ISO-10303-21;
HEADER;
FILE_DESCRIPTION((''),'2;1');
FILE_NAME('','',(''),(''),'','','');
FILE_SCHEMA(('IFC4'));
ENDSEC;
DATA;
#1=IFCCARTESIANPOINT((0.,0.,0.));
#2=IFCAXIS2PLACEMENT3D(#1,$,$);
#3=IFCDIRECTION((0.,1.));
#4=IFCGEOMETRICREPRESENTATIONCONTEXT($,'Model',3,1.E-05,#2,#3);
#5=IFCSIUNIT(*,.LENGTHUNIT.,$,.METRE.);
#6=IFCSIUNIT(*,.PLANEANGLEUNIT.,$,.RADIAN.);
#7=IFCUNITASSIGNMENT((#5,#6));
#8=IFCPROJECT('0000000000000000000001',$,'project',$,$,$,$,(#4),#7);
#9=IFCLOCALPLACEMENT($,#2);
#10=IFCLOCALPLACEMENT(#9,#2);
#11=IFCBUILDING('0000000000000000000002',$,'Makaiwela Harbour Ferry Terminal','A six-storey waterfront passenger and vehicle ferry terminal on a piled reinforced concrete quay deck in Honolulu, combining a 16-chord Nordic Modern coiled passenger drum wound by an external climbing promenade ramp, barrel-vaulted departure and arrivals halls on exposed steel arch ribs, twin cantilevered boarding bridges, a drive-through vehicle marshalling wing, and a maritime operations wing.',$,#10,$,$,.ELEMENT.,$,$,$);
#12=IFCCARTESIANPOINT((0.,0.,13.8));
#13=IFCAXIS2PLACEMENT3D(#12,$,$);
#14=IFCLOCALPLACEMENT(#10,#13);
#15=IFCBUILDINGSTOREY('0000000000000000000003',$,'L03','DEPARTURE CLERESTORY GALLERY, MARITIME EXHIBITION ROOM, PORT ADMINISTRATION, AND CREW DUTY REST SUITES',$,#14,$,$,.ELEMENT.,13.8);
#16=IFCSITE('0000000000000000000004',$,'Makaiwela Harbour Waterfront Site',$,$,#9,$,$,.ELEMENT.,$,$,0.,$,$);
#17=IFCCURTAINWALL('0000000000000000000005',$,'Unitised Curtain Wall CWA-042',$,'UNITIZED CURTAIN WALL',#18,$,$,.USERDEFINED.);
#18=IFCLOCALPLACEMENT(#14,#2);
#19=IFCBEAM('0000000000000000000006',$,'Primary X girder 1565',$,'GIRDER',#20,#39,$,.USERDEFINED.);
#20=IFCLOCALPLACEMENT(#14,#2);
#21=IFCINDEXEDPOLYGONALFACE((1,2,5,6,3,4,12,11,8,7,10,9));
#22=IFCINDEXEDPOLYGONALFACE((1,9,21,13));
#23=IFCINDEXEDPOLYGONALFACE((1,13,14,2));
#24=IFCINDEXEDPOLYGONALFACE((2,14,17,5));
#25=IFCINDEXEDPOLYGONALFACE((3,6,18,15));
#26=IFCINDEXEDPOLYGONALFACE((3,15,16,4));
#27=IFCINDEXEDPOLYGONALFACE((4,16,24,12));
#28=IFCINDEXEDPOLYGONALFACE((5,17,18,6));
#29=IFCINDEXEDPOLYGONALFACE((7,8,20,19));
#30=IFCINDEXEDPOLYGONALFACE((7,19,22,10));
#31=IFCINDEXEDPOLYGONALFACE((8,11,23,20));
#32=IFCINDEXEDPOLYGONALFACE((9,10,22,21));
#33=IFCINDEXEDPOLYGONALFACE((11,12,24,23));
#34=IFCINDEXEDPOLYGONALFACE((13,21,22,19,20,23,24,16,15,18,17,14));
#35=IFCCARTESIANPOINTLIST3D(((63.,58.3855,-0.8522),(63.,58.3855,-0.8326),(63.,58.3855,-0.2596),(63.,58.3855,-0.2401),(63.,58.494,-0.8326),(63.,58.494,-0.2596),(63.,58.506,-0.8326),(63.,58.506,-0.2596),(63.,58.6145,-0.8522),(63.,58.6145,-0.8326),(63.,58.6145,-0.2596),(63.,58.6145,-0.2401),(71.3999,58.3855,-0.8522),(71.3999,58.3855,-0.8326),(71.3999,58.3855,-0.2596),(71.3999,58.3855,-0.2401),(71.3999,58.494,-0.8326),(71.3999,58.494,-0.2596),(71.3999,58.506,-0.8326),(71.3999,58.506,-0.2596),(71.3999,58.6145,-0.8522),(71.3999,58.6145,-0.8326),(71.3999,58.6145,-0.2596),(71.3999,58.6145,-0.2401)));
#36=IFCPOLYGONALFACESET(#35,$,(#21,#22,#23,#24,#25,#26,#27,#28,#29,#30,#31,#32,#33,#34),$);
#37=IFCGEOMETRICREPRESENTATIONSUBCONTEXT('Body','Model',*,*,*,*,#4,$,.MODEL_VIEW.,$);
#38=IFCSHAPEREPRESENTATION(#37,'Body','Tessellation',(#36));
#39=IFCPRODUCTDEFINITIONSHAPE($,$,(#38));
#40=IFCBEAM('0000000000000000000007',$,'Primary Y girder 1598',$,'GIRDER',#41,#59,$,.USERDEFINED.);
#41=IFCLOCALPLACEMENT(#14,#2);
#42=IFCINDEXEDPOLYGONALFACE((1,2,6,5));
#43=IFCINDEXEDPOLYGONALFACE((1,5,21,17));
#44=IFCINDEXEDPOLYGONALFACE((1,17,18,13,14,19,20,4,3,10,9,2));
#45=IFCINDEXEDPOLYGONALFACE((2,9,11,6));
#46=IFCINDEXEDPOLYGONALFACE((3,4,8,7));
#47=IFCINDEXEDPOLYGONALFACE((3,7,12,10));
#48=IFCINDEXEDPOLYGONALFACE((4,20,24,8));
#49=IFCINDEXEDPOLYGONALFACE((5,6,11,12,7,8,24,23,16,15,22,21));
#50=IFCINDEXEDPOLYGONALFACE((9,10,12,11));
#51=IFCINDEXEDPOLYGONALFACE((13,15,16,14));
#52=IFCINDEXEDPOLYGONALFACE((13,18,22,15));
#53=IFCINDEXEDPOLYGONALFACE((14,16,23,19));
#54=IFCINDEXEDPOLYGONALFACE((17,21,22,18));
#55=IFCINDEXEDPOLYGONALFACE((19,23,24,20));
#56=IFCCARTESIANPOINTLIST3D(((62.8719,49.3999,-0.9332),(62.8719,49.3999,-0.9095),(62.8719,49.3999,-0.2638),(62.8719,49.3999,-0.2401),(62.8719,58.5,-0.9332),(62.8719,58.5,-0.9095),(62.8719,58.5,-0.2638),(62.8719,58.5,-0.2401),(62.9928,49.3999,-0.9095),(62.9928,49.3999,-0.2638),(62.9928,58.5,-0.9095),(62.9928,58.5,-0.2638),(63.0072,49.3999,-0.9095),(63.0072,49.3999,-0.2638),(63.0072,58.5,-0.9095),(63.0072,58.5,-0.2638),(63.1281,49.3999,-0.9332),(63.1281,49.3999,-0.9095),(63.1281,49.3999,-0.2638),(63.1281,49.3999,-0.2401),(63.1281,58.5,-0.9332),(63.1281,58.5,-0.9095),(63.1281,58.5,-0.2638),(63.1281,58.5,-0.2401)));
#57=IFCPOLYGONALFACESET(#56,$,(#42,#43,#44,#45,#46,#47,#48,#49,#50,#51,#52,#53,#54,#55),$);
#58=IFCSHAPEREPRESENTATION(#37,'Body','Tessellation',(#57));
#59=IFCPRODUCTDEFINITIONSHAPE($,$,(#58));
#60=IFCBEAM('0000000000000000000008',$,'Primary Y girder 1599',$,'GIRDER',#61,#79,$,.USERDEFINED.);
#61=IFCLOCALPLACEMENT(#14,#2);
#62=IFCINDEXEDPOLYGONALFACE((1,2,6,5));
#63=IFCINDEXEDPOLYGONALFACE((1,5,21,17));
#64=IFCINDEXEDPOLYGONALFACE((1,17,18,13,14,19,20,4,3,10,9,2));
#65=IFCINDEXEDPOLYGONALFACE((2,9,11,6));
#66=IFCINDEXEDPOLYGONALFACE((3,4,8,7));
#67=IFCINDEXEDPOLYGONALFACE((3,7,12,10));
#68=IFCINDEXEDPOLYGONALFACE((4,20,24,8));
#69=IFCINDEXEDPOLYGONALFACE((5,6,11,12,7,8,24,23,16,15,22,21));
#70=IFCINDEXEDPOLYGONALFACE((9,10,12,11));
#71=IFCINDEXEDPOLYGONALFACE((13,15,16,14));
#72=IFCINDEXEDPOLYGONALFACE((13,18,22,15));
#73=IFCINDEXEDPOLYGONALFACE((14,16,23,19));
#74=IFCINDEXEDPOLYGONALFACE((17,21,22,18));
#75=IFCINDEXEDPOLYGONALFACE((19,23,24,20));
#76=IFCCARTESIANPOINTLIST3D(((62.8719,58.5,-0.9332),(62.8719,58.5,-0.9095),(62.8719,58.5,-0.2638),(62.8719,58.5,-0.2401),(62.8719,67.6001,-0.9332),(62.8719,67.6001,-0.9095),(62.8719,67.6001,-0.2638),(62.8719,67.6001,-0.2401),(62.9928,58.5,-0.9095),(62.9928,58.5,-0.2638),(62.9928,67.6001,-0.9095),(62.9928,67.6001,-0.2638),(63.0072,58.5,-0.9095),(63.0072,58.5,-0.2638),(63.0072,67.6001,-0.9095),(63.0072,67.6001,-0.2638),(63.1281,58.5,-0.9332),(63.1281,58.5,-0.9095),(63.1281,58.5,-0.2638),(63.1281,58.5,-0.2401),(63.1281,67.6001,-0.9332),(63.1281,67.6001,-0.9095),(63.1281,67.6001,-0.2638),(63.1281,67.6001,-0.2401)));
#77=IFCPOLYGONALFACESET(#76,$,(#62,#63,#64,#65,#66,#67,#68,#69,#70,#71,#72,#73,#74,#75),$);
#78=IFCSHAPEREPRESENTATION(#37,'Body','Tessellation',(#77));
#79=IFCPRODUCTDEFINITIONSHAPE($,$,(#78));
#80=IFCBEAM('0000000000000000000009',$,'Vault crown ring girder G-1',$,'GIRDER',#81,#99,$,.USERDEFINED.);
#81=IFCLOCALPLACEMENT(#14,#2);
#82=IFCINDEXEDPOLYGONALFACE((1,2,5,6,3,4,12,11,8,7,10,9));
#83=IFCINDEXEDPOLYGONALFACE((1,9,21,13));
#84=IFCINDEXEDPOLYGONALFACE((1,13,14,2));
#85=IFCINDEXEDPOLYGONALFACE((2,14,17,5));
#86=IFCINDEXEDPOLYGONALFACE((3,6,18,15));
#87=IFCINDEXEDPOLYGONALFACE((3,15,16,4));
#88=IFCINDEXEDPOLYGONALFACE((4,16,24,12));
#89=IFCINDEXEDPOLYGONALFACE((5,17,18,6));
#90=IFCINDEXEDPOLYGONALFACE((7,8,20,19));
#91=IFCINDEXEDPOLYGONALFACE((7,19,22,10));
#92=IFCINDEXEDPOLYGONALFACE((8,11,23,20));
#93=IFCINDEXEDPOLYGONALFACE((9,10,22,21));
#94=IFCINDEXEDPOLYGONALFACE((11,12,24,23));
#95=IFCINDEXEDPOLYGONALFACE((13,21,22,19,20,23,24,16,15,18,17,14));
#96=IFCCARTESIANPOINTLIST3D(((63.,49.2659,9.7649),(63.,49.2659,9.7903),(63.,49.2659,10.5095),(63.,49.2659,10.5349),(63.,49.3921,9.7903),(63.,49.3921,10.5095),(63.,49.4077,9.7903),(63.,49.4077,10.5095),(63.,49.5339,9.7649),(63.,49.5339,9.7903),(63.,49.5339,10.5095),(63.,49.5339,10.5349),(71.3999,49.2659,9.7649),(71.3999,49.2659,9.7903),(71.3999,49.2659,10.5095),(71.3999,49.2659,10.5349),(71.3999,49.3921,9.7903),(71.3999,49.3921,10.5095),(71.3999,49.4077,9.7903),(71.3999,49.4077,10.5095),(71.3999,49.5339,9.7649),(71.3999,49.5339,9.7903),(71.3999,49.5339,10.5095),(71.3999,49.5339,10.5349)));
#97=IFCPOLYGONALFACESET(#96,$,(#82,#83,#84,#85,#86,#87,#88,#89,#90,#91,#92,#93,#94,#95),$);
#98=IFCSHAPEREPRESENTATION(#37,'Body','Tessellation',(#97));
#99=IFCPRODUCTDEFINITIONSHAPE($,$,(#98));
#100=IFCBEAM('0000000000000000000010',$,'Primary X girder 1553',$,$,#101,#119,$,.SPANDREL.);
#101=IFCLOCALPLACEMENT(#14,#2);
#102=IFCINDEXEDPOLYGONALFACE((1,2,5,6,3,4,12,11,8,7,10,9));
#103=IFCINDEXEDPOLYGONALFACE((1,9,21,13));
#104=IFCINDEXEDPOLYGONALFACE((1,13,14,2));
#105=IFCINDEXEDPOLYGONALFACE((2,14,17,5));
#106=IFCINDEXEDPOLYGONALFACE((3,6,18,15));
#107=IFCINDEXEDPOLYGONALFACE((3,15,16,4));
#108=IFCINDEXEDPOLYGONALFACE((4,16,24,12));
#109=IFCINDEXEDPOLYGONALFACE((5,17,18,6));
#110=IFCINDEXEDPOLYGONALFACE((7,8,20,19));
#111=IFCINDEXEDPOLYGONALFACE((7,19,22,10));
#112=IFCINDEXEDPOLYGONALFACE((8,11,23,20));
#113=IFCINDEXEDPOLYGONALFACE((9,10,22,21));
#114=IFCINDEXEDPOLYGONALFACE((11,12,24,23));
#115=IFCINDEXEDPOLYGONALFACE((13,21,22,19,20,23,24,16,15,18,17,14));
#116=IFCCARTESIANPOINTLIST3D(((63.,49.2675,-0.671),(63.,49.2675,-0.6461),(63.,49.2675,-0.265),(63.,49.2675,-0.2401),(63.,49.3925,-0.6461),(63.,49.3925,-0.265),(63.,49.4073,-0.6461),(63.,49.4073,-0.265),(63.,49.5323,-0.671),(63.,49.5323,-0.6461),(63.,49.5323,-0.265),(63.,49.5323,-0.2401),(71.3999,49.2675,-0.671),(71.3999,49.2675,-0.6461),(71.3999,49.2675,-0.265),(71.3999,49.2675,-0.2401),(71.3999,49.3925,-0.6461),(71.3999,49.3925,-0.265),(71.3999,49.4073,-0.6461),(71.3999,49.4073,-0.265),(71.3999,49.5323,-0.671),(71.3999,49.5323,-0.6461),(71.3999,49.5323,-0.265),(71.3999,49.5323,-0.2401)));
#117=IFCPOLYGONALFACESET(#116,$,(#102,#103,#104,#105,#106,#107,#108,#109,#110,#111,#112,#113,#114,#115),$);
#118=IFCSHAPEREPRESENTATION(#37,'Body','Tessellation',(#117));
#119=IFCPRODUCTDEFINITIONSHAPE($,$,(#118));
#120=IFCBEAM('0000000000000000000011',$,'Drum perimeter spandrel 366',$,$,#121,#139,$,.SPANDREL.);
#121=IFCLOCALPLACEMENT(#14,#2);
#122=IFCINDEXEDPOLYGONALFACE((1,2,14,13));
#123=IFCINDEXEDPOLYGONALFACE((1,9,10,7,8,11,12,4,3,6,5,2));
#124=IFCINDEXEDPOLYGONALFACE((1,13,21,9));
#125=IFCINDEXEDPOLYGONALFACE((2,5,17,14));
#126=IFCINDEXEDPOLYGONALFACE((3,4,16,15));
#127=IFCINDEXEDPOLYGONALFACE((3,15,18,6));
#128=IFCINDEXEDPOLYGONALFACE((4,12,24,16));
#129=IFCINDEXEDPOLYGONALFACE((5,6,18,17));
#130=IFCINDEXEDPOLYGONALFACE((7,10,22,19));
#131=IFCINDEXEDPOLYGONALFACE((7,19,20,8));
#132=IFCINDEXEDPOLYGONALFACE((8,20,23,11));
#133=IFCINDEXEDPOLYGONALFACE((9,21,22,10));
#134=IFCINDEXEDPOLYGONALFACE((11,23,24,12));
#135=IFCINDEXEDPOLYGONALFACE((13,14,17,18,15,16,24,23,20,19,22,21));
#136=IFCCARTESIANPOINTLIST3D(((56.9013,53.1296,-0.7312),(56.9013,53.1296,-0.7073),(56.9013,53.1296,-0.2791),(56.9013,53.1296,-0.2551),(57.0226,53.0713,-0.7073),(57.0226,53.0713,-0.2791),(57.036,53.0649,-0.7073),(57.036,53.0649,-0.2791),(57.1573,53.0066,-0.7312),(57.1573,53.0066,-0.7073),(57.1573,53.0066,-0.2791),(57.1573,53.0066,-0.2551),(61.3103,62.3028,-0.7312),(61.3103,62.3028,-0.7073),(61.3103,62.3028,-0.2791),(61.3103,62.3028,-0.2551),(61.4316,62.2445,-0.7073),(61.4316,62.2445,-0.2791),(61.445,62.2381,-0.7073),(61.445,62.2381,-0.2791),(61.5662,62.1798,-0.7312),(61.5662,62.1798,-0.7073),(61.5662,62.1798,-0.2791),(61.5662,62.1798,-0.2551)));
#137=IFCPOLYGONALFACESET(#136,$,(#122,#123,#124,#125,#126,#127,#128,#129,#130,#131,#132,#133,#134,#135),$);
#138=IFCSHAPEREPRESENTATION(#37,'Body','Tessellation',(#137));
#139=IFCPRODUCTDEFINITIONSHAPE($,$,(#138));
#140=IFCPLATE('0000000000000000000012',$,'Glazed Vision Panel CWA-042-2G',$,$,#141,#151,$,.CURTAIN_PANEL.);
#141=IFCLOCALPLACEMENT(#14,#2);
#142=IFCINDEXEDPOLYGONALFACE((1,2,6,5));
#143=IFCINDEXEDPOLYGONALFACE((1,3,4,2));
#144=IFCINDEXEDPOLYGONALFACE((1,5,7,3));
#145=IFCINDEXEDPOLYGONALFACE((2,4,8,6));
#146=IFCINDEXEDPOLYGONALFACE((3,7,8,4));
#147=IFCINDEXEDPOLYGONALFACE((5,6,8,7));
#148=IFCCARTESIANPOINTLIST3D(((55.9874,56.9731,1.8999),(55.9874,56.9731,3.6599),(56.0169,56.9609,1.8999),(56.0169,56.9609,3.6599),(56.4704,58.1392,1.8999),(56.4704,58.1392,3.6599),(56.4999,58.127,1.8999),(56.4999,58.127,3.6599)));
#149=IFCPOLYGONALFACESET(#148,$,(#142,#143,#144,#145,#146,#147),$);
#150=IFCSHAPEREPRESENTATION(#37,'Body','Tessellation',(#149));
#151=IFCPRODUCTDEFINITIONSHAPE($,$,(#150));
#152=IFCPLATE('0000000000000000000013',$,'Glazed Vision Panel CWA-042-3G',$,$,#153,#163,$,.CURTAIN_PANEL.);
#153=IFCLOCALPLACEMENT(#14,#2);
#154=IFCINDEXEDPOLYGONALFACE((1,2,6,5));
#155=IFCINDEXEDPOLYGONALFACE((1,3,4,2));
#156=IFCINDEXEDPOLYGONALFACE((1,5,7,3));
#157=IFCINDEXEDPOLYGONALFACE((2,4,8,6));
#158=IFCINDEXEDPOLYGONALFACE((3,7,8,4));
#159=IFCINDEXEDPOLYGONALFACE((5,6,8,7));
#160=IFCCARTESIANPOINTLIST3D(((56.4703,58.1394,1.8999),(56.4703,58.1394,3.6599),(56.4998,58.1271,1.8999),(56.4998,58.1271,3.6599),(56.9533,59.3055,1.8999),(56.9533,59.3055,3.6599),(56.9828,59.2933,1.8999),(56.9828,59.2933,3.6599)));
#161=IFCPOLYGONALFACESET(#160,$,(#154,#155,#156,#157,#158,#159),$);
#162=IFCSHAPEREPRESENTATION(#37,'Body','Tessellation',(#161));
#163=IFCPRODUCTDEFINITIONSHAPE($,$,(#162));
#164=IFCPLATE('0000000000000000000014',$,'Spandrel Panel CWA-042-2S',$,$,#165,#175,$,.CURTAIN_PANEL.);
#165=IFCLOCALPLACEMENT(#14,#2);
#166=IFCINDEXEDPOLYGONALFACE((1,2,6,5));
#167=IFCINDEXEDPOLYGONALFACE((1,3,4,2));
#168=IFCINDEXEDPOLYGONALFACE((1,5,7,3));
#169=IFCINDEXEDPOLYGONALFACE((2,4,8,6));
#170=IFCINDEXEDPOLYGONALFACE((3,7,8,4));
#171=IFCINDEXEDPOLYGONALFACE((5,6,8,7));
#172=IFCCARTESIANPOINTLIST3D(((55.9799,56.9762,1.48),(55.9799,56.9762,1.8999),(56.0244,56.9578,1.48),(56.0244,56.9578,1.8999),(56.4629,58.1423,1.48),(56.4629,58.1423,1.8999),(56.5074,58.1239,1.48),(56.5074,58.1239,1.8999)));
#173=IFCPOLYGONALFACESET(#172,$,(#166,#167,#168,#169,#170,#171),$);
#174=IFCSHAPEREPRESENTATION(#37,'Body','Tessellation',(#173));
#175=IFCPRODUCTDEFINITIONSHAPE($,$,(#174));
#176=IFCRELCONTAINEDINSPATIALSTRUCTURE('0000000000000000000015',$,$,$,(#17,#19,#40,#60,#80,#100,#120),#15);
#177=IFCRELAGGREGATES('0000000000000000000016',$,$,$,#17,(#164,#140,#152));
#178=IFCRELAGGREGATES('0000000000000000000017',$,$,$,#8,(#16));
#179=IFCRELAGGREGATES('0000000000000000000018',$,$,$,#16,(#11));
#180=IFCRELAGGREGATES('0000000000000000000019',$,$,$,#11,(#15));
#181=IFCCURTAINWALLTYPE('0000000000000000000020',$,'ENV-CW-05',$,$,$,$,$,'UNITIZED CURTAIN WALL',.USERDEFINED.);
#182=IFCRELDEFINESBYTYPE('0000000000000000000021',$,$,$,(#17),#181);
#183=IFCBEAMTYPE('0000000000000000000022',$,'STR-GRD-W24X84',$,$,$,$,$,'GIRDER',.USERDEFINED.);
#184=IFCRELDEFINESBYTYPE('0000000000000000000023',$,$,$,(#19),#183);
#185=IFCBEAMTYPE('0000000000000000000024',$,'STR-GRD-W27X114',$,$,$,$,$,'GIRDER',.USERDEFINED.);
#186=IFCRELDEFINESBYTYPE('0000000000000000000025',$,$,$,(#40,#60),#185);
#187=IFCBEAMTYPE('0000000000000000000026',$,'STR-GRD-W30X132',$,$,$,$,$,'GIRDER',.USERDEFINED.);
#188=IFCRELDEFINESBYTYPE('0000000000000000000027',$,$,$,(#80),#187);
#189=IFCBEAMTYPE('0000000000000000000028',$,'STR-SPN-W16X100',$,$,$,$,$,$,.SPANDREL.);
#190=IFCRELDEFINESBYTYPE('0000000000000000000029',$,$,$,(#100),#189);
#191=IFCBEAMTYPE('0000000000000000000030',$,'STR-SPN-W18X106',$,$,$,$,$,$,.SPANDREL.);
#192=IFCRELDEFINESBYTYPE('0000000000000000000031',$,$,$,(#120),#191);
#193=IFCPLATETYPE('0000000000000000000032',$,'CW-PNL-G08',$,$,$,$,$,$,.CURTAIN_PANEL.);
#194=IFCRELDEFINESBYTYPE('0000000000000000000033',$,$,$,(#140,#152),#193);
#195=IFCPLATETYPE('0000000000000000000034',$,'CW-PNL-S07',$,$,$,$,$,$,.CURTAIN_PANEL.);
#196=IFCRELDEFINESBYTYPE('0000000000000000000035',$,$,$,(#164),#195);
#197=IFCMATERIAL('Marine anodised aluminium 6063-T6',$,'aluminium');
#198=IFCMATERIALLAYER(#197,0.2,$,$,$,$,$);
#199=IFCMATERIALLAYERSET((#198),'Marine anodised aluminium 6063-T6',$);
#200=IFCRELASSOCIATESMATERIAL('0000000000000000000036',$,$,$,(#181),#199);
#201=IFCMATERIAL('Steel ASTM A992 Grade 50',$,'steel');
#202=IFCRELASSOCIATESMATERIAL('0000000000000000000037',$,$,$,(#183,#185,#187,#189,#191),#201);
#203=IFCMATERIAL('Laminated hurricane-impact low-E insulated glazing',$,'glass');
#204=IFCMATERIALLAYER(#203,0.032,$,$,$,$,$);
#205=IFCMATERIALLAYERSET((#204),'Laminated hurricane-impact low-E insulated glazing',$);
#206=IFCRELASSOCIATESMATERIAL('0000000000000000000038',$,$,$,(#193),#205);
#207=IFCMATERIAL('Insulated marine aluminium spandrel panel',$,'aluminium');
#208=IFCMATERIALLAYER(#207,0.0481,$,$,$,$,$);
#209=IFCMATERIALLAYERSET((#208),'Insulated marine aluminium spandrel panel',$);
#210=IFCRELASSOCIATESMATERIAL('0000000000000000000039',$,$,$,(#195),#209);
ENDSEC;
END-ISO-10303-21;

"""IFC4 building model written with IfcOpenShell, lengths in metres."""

from ifc_helpers import new_model, si_unit, direction, frame, origin, origin_2d, place, context, subcontext, project, spatial, rectangle, i_section, extrude, material, layer, layer_set, material_profile, profile_set, type_object, element, aggregate, save


model = new_model("IFC4")

# Units and contexts
model_context = context("Model", 3, precision=1e-05, world=origin(), true_north=direction((0.0, 1.0)))
body_context = subcontext(model_context, "Body", "Model", "MODEL_VIEW")
ifc_project = project(units=[si_unit("LENGTHUNIT", "METRE"), si_unit("PLANEANGLEUNIT", "RADIAN")], contexts=[model_context])

# Site, building, storey
site_placement = place(None, origin())
site = spatial("IfcSite", under=ifc_project, at=site_placement, Name="Makaiwela Harbour Waterfront Site", CompositionType="ELEMENT", RefElevation=0.0)
building_placement = place(site_placement, origin())
building = spatial("IfcBuilding", under=site, at=building_placement, Name="Makaiwela Harbour Ferry Terminal", Description="A six-storey waterfront passenger and vehicle ferry terminal on a piled reinforced concrete quay deck in Honolulu, combining a 16-chord Nordic Modern coiled passenger drum wound by an external climbing promenade ramp, barrel-vaulted departure and arrivals halls on exposed steel arch ribs, twin cantilevered boarding bridges, a drive-through vehicle marshalling wing, and a maritime operations wing.", CompositionType="ELEMENT")
storey_placement = place(building_placement, frame((0.0, 0.0, 13.8)))
storey = spatial("IfcBuildingStorey", under=building, at=storey_placement, Name="L03", Description="DEPARTURE CLERESTORY GALLERY, MARITIME EXHIBITION ROOM, PORT ADMINISTRATION, AND CREW DUTY REST SUITES", CompositionType="ELEMENT", Elevation=13.8)

# Shared definitions
ifc_material_1 = material(Name="Steel ASTM A992 Grade 50", Category="steel")

# Curtain wall
ifc_material_2 = material(Name="Marine anodised aluminium 6063-T6", Category="aluminium")
ifc_layer_1 = layer(ifc_material_2, 0.2)
ifc_layer_set_1 = layer_set([ifc_layer_1], Name="Marine anodised aluminium 6063-T6")
curtain_wall_type = type_object("IfcCurtainWallType", Name="ENV-CW-05", ElementType="UNITIZED CURTAIN WALL", PredefinedType="USERDEFINED", material=ifc_layer_set_1)
curtain_wall_placement = place(storey_placement, origin())
curtain_wall = element("IfcCurtainWall", 1, at=curtain_wall_placement, inside=storey, type_object=curtain_wall_type, Name="Unitised Curtain Wall CWA-042", ObjectType="UNITIZED CURTAIN WALL", PredefinedType="USERDEFINED")

# Beams
ifc_material_profile_1 = material_profile(ifc_material_1, i_section(OverallWidth=0.229, OverallDepth=0.6121, WebThickness=0.012, FlangeThickness=0.0195, at=origin_2d()), Name="W24X84")
ifc_profile_set_1 = profile_set([ifc_material_profile_1], Name="Steel ASTM A992 Grade 50")
beam_type_1 = type_object("IfcBeamType", Name="STR-GRD-W24X84", ElementType="GIRDER", PredefinedType="USERDEFINED", material=ifc_profile_set_1)
beam_1_placement = place(storey_placement, frame((63.0, 58.5, -0.5461), z_axis=(1.0, 0.0, 0.0), x_axis=(0.0, 1.0, 0.0)))
element("IfcBeam", 2, at=beam_1_placement, inside=storey, type_object=beam_type_1, Name="Primary X girder 1565", ObjectType="GIRDER", PredefinedType="USERDEFINED", context=body_context, shape_type="SweptSolid", body=[
    extrude(i_section(OverallWidth=0.229, OverallDepth=0.6121, WebThickness=0.012, FlangeThickness=0.0195, at=origin_2d()), origin(), (0.0, 0.0, 1.0), 8.3999),
])
ifc_material_profile_2 = material_profile(ifc_material_1, i_section(OverallWidth=0.2561, OverallDepth=0.6931, WebThickness=0.0144, FlangeThickness=0.0237, at=origin_2d()), Name="W27X114")
ifc_profile_set_2 = profile_set([ifc_material_profile_2], Name="Steel ASTM A992 Grade 50")
beam_type_2 = type_object("IfcBeamType", Name="STR-GRD-W27X114", ElementType="GIRDER", PredefinedType="USERDEFINED", material=ifc_profile_set_2)
for number, where, z_axis, x_axis, name in (
    (3, (63.0, 49.3999, -0.5867), (0.0, 1.0, 0.0), (-1.0, 0.0, 0.0), "Primary Y girder 1598"),
    (4, (63.0, 58.5, -0.5867), (0.0, 1.0, 0.0), (-1.0, 0.0, 0.0), "Primary Y girder 1599"),
):
    element("IfcBeam", number, at=place(storey_placement, frame(where, z_axis=z_axis, x_axis=x_axis)), inside=storey, type_object=beam_type_2, Name=name, ObjectType="GIRDER", PredefinedType="USERDEFINED", context=body_context, shape_type="SweptSolid", body=[
        extrude(i_section(OverallWidth=0.2561, OverallDepth=0.6931, WebThickness=0.0144, FlangeThickness=0.0237, at=origin_2d()), origin(), (0.0, 0.0, 1.0), 9.1001),
    ])
ifc_material_profile_3 = material_profile(ifc_material_1, i_section(OverallWidth=0.2681, OverallDepth=0.77, WebThickness=0.0156, FlangeThickness=0.0254, at=origin_2d()), Name="W30X132")
ifc_profile_set_3 = profile_set([ifc_material_profile_3], Name="Steel ASTM A992 Grade 50")
beam_type_3 = type_object("IfcBeamType", Name="STR-GRD-W30X132", ElementType="GIRDER", PredefinedType="USERDEFINED", material=ifc_profile_set_3)
beam_2_placement = place(storey_placement, frame((63.0, 49.3999, 10.1499), z_axis=(1.0, 0.0, 0.0), x_axis=(0.0, 1.0, 0.0)))
element("IfcBeam", 5, at=beam_2_placement, inside=storey, type_object=beam_type_3, Name="Vault crown ring girder G-1", ObjectType="GIRDER", PredefinedType="USERDEFINED", context=body_context, shape_type="SweptSolid", body=[
    extrude(i_section(OverallWidth=0.2681, OverallDepth=0.77, WebThickness=0.0156, FlangeThickness=0.0254, at=origin_2d()), origin(), (0.0, 0.0, 1.0), 8.3999),
])
ifc_material_profile_4 = material_profile(ifc_material_1, i_section(OverallWidth=0.2649, OverallDepth=0.4309, WebThickness=0.0149, FlangeThickness=0.0249, at=origin_2d()), Name="W16X100")
ifc_profile_set_4 = profile_set([ifc_material_profile_4], Name="Steel ASTM A992 Grade 50")
beam_type_4 = type_object("IfcBeamType", Name="STR-SPN-W16X100", PredefinedType="SPANDREL", material=ifc_profile_set_4)
beam_3_placement = place(storey_placement, frame((63.0, 49.3999, -0.4556), z_axis=(1.0, 0.0, 0.0), x_axis=(0.0, 1.0, 0.0)))
element("IfcBeam", 6, at=beam_3_placement, inside=storey, type_object=beam_type_4, Name="Primary X girder 1553", PredefinedType="SPANDREL", context=body_context, shape_type="SweptSolid", body=[
    extrude(i_section(OverallWidth=0.2649, OverallDepth=0.4309, WebThickness=0.0149, FlangeThickness=0.0249, at=origin_2d()), origin(), (0.0, 0.0, 1.0), 8.3999),
])
ifc_material_profile_5 = material_profile(ifc_material_1, i_section(OverallWidth=0.2839, OverallDepth=0.4761, WebThickness=0.0149, FlangeThickness=0.0239, at=origin_2d()), Name="W18X106")
ifc_profile_set_5 = profile_set([ifc_material_profile_5], Name="Steel ASTM A992 Grade 50")
beam_type_5 = type_object("IfcBeamType", Name="STR-SPN-W18X106", PredefinedType="SPANDREL", material=ifc_profile_set_5)
beam_4_placement = place(storey_placement, frame((57.0293, 53.0681, -0.4932), z_axis=(0.433198, 0.901299, 0.0), x_axis=(-0.901299, 0.433198, 0.0)))
element("IfcBeam", 7, at=beam_4_placement, inside=storey, type_object=beam_type_5, Name="Drum perimeter spandrel 366", PredefinedType="SPANDREL", context=body_context, shape_type="SweptSolid", body=[
    extrude(i_section(OverallWidth=0.2839, OverallDepth=0.4761, WebThickness=0.0149, FlangeThickness=0.0239, at=origin_2d()), origin(), (0.0, 0.0, 1.0), 10.1777),
])

# Plates
ifc_material_3 = material(Name="Laminated hurricane-impact low-E insulated glazing", Category="glass")
ifc_layer_2 = layer(ifc_material_3, 0.032)
ifc_layer_set_2 = layer_set([ifc_layer_2], Name="Laminated hurricane-impact low-E insulated glazing")
plate_type_1 = type_object("IfcPlateType", Name="CW-PNL-G08", PredefinedType="CURTAIN_PANEL", material=ifc_layer_set_2)
plate_1_placement = place(storey_placement, frame((56.2437, 57.55, 1.8999), z_axis=(0.0, 0.0, 1.0), x_axis=(0.382683, 0.92388, 0.0)))
plate_1 = element("IfcPlate", 8, at=plate_1_placement, type_object=plate_type_1, Name="Glazed Vision Panel CWA-042-2G", PredefinedType="CURTAIN_PANEL", context=body_context, shape_type="SweptSolid", body=[
    extrude(rectangle(XDim=1.2622, YDim=0.032, at=origin_2d()), origin(), (0.0, 0.0, 1.0), 1.76),
])
plate_2_placement = place(storey_placement, frame((56.7266, 58.7163, 1.8999), z_axis=(0.0, 0.0, 1.0), x_axis=(0.382683, 0.92388, 0.0)))
plate_2 = element("IfcPlate", 9, at=plate_2_placement, type_object=plate_type_1, Name="Glazed Vision Panel CWA-042-3G", PredefinedType="CURTAIN_PANEL", context=body_context, shape_type="SweptSolid", body=[
    extrude(rectangle(XDim=1.2622, YDim=0.032, at=origin_2d()), origin(), (0.0, 0.0, 1.0), 1.76),
])
ifc_material_4 = material(Name="Insulated marine aluminium spandrel panel", Category="aluminium")
ifc_layer_3 = layer(ifc_material_4, 0.0481)
ifc_layer_set_3 = layer_set([ifc_layer_3], Name="Insulated marine aluminium spandrel panel")
plate_type_2 = type_object("IfcPlateType", Name="CW-PNL-S07", PredefinedType="CURTAIN_PANEL", material=ifc_layer_set_3)
plate_3_placement = place(storey_placement, frame((56.2437, 57.55, 1.48), z_axis=(0.0, 0.0, 1.0), x_axis=(0.382683, 0.92388, 0.0)))
plate_3 = element("IfcPlate", 10, at=plate_3_placement, type_object=plate_type_2, Name="Spandrel Panel CWA-042-2S", PredefinedType="CURTAIN_PANEL", context=body_context, shape_type="SweptSolid", body=[
    extrude(rectangle(XDim=1.2622, YDim=0.0481, at=origin_2d()), origin(), (0.0, 0.0, 1.0), 0.4199),
])
aggregate(curtain_wall, [plate_3, plate_1, plate_2])

save(model, "model.ifc")
